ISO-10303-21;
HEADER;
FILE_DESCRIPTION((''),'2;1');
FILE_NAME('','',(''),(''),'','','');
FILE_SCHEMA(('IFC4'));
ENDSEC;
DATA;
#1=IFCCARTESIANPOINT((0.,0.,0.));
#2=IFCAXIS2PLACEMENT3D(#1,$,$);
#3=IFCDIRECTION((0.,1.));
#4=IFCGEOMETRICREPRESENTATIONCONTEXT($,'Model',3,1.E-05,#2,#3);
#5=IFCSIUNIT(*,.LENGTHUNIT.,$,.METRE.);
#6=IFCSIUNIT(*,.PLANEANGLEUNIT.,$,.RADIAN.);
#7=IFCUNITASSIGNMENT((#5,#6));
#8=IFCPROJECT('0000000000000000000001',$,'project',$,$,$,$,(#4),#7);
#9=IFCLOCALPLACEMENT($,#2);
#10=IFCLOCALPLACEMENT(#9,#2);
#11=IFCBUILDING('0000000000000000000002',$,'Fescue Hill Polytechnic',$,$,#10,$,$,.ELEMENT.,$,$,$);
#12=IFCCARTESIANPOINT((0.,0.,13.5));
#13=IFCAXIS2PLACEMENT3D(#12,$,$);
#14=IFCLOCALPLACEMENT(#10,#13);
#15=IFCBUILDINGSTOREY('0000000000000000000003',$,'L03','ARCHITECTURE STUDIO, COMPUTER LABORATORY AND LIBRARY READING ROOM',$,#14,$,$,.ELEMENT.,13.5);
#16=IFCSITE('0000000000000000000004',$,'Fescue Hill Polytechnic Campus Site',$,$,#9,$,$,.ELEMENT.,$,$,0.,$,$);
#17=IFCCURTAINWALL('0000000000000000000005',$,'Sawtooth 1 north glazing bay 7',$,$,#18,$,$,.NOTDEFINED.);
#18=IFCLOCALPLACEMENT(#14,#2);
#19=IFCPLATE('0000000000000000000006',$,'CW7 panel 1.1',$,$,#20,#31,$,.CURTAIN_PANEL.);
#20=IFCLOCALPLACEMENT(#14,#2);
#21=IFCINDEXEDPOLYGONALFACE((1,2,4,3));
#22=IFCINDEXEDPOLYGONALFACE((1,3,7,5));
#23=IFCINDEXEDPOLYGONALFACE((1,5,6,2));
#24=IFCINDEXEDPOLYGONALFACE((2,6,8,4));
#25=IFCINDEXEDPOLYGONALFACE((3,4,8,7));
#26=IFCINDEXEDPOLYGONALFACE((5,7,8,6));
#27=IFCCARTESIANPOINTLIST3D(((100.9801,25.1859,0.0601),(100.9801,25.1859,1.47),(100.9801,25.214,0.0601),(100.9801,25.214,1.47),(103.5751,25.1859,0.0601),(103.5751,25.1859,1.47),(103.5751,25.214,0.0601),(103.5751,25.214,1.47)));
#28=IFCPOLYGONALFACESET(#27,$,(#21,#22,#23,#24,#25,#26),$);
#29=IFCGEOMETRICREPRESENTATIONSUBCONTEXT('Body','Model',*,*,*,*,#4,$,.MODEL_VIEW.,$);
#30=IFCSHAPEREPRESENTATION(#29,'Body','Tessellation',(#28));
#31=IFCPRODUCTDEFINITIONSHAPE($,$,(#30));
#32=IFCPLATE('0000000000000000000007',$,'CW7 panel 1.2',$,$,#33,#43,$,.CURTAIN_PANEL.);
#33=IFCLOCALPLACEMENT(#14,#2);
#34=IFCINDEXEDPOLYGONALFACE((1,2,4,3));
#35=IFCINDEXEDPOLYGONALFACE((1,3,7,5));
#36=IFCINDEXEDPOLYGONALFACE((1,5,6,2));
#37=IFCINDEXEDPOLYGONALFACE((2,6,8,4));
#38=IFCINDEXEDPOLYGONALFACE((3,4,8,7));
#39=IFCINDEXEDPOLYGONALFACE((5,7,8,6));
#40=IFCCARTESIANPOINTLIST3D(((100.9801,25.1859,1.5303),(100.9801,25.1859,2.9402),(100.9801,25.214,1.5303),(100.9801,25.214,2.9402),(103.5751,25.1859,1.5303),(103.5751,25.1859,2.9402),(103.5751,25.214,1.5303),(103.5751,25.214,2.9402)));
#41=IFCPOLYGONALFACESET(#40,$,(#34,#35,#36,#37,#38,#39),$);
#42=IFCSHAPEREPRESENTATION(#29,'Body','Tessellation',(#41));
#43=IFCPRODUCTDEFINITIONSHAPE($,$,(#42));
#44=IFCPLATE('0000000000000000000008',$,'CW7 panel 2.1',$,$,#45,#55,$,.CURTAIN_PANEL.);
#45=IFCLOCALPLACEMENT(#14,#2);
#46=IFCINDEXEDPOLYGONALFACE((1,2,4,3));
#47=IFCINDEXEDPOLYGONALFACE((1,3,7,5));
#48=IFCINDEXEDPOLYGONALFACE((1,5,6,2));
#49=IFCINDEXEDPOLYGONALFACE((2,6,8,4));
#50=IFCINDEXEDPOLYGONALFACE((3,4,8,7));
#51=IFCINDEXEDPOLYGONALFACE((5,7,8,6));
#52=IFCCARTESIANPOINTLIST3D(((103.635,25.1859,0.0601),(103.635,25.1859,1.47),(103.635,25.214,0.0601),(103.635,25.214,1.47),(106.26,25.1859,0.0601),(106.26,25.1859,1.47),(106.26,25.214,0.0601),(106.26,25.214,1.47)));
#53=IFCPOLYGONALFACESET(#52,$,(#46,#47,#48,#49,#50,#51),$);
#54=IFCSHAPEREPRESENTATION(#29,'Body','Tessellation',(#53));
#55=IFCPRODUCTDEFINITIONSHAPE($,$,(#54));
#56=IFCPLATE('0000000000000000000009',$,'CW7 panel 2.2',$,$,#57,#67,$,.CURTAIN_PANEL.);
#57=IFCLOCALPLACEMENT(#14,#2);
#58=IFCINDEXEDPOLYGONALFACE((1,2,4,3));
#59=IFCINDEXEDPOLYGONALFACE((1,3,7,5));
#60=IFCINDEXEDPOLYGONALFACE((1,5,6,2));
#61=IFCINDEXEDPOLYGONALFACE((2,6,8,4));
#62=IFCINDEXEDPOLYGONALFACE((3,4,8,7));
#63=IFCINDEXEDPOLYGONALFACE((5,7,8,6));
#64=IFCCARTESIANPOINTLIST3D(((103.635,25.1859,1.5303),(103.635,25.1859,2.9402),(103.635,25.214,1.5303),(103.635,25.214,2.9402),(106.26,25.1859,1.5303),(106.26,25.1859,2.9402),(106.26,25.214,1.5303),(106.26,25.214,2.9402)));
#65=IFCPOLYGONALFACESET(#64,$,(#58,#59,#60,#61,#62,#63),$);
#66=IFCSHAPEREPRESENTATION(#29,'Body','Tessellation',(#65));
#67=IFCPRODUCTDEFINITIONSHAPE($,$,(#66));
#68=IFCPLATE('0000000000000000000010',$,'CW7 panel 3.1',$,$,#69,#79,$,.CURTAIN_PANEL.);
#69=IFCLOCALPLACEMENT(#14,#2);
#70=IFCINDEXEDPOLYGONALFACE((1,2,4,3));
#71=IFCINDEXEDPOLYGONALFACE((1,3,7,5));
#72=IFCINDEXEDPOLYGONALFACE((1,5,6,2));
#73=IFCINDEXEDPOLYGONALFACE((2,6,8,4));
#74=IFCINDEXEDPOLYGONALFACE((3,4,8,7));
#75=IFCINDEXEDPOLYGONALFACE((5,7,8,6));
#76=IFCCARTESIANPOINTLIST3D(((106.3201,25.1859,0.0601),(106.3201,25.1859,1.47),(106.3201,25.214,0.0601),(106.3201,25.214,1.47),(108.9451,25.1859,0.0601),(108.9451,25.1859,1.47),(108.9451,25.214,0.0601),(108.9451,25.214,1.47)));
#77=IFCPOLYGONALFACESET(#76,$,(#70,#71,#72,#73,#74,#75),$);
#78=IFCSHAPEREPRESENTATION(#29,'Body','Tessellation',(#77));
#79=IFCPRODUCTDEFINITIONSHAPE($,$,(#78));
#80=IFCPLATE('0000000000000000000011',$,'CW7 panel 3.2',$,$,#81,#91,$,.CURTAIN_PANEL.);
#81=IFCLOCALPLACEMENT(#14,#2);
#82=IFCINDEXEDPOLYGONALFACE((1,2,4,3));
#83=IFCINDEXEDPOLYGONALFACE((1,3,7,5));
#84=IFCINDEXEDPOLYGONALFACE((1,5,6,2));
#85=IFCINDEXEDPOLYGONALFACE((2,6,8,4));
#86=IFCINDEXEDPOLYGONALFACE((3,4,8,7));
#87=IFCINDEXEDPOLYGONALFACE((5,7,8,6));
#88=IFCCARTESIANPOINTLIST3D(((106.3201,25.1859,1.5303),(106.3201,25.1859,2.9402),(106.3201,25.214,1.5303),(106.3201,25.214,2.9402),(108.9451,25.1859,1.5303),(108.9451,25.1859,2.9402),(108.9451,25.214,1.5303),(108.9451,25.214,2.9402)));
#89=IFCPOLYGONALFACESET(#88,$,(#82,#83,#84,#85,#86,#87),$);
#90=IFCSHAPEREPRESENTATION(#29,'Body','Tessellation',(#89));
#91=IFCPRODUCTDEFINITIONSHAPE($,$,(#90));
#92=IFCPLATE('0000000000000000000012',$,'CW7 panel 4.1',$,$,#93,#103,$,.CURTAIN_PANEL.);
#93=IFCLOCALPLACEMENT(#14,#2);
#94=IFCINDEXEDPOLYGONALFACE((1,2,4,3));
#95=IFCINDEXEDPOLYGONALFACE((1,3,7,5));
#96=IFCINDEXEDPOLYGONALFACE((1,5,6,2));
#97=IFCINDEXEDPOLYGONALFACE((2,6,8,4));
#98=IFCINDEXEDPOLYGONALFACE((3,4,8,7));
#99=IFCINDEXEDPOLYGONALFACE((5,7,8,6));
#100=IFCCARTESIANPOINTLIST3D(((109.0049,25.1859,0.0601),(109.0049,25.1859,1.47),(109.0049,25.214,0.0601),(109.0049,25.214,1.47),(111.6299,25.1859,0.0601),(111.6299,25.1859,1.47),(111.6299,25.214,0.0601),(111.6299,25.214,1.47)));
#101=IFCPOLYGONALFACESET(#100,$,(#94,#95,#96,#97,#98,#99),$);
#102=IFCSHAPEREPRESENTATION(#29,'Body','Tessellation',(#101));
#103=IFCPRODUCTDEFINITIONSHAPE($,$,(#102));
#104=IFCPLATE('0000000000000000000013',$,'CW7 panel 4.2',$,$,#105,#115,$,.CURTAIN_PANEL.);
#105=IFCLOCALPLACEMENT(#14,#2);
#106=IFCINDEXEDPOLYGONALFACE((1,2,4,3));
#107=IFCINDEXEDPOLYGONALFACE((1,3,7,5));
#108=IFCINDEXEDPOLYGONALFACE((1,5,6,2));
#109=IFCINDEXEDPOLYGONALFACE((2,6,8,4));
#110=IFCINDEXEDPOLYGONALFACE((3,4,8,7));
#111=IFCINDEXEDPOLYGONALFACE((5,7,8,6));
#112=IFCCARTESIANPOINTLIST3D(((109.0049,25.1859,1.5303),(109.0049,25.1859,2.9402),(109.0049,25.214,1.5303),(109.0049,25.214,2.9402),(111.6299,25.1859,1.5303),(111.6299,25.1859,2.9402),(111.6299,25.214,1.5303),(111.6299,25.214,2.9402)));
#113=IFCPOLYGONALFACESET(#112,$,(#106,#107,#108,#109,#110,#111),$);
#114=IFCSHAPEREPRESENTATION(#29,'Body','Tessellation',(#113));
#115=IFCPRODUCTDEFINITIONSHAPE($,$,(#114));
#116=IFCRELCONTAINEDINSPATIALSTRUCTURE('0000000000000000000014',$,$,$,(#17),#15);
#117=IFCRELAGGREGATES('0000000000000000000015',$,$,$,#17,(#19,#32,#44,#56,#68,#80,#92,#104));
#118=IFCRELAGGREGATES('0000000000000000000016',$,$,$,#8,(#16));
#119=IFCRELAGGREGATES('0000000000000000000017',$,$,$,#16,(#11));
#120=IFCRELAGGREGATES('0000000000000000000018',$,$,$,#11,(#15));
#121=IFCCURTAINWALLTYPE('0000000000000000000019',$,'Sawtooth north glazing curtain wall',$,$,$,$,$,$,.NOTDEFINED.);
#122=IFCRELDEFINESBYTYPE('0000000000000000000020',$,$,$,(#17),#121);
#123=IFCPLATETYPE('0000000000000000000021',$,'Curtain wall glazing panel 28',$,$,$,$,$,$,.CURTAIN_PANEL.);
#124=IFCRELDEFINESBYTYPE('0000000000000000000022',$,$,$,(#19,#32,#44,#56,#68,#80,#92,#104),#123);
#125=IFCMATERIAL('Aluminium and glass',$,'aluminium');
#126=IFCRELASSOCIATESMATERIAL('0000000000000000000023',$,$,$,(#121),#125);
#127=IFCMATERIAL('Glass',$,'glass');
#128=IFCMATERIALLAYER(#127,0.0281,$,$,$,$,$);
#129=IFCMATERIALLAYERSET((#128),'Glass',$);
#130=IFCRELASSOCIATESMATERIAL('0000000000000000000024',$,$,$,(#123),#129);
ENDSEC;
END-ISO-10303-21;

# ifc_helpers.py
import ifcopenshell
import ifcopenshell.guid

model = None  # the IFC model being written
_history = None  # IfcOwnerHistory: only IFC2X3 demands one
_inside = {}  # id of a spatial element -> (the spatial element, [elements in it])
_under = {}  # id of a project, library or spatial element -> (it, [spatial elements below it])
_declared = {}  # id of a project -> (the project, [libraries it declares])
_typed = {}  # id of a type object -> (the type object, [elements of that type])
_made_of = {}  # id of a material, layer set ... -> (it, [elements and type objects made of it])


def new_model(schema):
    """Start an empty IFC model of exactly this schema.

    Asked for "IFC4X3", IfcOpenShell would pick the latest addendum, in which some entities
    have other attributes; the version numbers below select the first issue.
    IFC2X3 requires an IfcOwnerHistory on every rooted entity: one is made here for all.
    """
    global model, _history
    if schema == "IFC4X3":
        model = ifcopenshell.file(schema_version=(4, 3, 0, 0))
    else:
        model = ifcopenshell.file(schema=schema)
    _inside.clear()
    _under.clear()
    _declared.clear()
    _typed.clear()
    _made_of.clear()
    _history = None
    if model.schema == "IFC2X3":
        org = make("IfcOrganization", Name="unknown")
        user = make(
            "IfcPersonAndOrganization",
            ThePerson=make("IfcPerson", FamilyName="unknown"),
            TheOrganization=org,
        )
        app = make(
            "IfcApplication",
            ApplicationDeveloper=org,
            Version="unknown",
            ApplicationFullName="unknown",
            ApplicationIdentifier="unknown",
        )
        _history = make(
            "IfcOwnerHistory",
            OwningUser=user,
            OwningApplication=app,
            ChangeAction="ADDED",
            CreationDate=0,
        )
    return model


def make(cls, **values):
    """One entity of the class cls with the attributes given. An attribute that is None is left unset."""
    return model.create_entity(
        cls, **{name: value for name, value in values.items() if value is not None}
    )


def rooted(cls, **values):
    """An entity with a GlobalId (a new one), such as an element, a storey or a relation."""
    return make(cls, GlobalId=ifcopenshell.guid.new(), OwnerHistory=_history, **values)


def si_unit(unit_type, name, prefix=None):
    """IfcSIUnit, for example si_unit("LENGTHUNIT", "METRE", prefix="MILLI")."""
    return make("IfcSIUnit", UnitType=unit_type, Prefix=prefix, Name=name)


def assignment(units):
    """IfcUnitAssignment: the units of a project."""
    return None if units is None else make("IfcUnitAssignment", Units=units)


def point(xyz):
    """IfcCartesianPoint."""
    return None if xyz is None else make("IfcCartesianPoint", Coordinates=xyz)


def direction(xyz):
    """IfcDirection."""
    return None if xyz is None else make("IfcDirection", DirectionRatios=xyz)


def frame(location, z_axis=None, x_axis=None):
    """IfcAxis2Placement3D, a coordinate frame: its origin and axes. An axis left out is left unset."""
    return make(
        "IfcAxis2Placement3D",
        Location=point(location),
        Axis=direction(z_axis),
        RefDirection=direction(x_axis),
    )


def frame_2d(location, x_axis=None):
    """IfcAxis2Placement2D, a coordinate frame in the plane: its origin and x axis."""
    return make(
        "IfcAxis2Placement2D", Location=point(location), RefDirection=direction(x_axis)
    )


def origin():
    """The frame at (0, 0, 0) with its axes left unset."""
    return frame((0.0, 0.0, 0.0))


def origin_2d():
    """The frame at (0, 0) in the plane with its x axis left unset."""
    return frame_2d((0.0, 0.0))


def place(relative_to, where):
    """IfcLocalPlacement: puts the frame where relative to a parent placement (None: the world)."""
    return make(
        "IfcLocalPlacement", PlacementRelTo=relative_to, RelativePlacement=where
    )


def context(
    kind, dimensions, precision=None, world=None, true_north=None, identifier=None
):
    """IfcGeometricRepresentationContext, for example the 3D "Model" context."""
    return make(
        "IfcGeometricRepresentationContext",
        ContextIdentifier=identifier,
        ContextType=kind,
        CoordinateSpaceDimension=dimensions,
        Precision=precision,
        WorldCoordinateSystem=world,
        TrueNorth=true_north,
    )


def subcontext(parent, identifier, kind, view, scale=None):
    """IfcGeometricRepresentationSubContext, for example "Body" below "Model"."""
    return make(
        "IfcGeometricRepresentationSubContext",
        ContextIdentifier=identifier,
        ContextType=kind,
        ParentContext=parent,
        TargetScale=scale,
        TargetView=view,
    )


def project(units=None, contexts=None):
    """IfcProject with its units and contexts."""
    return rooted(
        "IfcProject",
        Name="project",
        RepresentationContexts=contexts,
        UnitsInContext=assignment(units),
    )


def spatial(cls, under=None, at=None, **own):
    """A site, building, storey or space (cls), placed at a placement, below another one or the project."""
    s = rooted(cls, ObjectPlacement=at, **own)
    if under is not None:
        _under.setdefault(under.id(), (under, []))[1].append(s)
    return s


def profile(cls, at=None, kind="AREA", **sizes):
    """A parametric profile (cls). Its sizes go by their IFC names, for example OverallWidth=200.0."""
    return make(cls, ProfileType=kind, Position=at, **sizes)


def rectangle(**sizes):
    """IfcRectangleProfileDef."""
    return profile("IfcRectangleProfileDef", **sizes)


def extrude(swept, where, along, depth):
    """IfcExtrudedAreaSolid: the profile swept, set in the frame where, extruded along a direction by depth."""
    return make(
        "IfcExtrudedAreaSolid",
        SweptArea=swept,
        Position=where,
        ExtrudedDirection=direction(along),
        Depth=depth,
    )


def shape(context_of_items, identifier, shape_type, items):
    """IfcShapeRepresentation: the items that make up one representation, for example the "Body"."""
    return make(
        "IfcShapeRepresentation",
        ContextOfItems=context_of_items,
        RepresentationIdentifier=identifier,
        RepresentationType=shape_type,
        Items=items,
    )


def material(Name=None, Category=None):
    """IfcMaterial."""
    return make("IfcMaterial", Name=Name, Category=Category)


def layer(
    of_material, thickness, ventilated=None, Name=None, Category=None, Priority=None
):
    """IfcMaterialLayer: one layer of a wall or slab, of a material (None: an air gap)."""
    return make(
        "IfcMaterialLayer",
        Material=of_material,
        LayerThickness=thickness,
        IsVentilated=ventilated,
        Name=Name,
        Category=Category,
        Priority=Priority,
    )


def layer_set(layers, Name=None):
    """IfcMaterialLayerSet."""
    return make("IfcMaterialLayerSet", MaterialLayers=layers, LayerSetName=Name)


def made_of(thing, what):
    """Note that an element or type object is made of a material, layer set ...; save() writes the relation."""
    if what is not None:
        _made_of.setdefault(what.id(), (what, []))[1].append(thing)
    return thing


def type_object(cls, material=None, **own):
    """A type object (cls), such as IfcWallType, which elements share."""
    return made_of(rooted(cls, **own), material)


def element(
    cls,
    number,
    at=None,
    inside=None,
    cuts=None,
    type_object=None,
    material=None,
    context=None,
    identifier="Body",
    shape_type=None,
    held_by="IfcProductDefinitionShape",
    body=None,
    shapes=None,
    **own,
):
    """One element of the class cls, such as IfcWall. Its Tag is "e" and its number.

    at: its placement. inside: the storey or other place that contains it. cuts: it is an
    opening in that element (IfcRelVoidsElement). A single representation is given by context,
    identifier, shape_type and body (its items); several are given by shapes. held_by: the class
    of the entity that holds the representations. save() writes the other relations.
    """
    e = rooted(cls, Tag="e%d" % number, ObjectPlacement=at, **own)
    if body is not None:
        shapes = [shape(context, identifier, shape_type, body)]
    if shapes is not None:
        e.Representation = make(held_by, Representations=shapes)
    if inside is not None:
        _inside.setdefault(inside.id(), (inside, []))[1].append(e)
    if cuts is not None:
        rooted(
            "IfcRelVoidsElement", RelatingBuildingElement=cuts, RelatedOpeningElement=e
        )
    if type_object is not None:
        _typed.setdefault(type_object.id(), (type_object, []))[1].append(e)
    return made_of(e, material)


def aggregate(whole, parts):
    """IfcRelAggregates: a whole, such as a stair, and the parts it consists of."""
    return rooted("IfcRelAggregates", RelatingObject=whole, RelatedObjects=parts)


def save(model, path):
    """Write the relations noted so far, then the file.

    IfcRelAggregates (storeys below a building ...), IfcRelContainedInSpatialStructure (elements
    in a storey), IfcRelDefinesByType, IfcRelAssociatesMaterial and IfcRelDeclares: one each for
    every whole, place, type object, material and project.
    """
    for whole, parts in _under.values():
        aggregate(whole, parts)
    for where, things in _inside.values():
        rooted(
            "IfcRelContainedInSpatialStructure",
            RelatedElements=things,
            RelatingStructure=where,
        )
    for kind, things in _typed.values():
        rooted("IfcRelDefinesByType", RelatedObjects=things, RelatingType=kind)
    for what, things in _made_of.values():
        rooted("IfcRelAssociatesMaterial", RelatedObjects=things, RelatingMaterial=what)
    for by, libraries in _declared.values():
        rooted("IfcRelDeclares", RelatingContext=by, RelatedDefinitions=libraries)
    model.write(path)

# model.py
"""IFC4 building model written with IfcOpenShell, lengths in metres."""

from ifc_helpers import new_model, si_unit, direction, frame, origin, origin_2d, place, context, subcontext, project, spatial, rectangle, extrude, material, layer, layer_set, type_object, element, aggregate, save


model = new_model("IFC4")

# Units and contexts
model_context = context("Model", 3, precision=1e-05, world=origin(), true_north=direction((0.0, 1.0)))
body_context = subcontext(model_context, "Body", "Model", "MODEL_VIEW")
ifc_project = project(units=[si_unit("LENGTHUNIT", "METRE"), si_unit("PLANEANGLEUNIT", "RADIAN")], contexts=[model_context])

# Site, building, storey
site_placement = place(None, origin())
site = spatial("IfcSite", under=ifc_project, at=site_placement, Name="Fescue Hill Polytechnic Campus Site", CompositionType="ELEMENT", RefElevation=0.0)
building_placement = place(site_placement, origin())
building = spatial("IfcBuilding", under=site, at=building_placement, Name="Fescue Hill Polytechnic", CompositionType="ELEMENT")
storey_placement = place(building_placement, frame((0.0, 0.0, 13.5)))
storey = spatial("IfcBuildingStorey", under=building, at=storey_placement, Name="L03", Description="ARCHITECTURE STUDIO, COMPUTER LABORATORY AND LIBRARY READING ROOM", CompositionType="ELEMENT", Elevation=13.5)

# Curtain wall, plates
ifc_material_1 = material(Name="Aluminium and glass", Category="aluminium")
curtain_wall_type = type_object("IfcCurtainWallType", Name="Sawtooth north glazing curtain wall", PredefinedType="NOTDEFINED", material=ifc_material_1)
curtain_wall_placement = place(storey_placement, origin())
curtain_wall = element("IfcCurtainWall", 1, at=curtain_wall_placement, inside=storey, type_object=curtain_wall_type, Name="Sawtooth 1 north glazing bay 7", PredefinedType="NOTDEFINED")
ifc_material_2 = material(Name="Glass", Category="glass")
ifc_layer = layer(ifc_material_2, 0.0281)
ifc_layer_set = layer_set([ifc_layer], Name="Glass")
plate_type = type_object("IfcPlateType", Name="Curtain wall glazing panel 28", PredefinedType="CURTAIN_PANEL", material=ifc_layer_set)
plate_1_placement = place(storey_placement, frame((102.2776, 25.2, 0.0601), z_axis=(0.0, 0.0, 1.0), x_axis=(1.0, 0.0, 0.0)))
plate_1 = element("IfcPlate", 2, at=plate_1_placement, type_object=plate_type, Name="CW7 panel 1.1", PredefinedType="CURTAIN_PANEL", context=body_context, shape_type="SweptSolid", body=[
    extrude(rectangle(XDim=2.595, YDim=0.0281, at=origin_2d()), origin(), (0.0, 0.0, 1.0), 1.4099),
])
plate_2_placement = place(storey_placement, frame((102.2776, 25.2, 1.5303), z_axis=(0.0, 0.0, 1.0), x_axis=(1.0, 0.0, 0.0)))
plate_2 = element("IfcPlate", 3, at=plate_2_placement, type_object=plate_type, Name="CW7 panel 1.2", PredefinedType="CURTAIN_PANEL", context=body_context, shape_type="SweptSolid", body=[
    extrude(rectangle(XDim=2.595, YDim=0.0281, at=origin_2d()), origin(), (0.0, 0.0, 1.0), 1.4099),
])
plate_3_placement = place(storey_placement, frame((104.9475, 25.2, 0.0601), z_axis=(0.0, 0.0, 1.0), x_axis=(1.0, 0.0, 0.0)))
plate_3 = element("IfcPlate", 4, at=plate_3_placement, type_object=plate_type, Name="CW7 panel 2.1", PredefinedType="CURTAIN_PANEL", context=body_context, shape_type="SweptSolid", body=[
    extrude(rectangle(XDim=2.625, YDim=0.0281, at=origin_2d()), origin(), (0.0, 0.0, 1.0), 1.4099),
])
plate_4_placement = place(storey_placement, frame((104.9475, 25.2, 1.5303), z_axis=(0.0, 0.0, 1.0), x_axis=(1.0, 0.0, 0.0)))
plate_4 = element("IfcPlate", 5, at=plate_4_placement, type_object=plate_type, Name="CW7 panel 2.2", PredefinedType="CURTAIN_PANEL", context=body_context, shape_type="SweptSolid", body=[
    extrude(rectangle(XDim=2.625, YDim=0.0281, at=origin_2d()), origin(), (0.0, 0.0, 1.0), 1.4099),
])
plate_5_placement = place(storey_placement, frame((107.6326, 25.2, 0.0601), z_axis=(0.0, 0.0, 1.0), x_axis=(1.0, 0.0, 0.0)))
plate_5 = element("IfcPlate", 6, at=plate_5_placement, type_object=plate_type, Name="CW7 panel 3.1", PredefinedType="CURTAIN_PANEL", context=body_context, shape_type="SweptSolid", body=[
    extrude(rectangle(XDim=2.625, YDim=0.0281, at=origin_2d()), origin(), (0.0, 0.0, 1.0), 1.4099),
])
plate_6_placement = place(storey_placement, frame((107.6326, 25.2, 1.5303), z_axis=(0.0, 0.0, 1.0), x_axis=(1.0, 0.0, 0.0)))
plate_6 = element("IfcPlate", 7, at=plate_6_placement, type_object=plate_type, Name="CW7 panel 3.2", PredefinedType="CURTAIN_PANEL", context=body_context, shape_type="SweptSolid", body=[
    extrude(rectangle(XDim=2.625, YDim=0.0281, at=origin_2d()), origin(), (0.0, 0.0, 1.0), 1.4099),
])
plate_7_placement = place(storey_placement, frame((110.3174, 25.2, 0.0601), z_axis=(0.0, 0.0, 1.0), x_axis=(1.0, 0.0, 0.0)))
plate_7 = element("IfcPlate", 8, at=plate_7_placement, type_object=plate_type, Name="CW7 panel 4.1", PredefinedType="CURTAIN_PANEL", context=body_context, shape_type="SweptSolid", body=[
    extrude(rectangle(XDim=2.625, YDim=0.0281, at=origin_2d()), origin(), (0.0, 0.0, 1.0), 1.4099),
])
plate_8_placement = place(storey_placement, frame((110.3174, 25.2, 1.5303), z_axis=(0.0, 0.0, 1.0), x_axis=(1.0, 0.0, 0.0)))
plate_8 = element("IfcPlate", 9, at=plate_8_placement, type_object=plate_type, Name="CW7 panel 4.2", PredefinedType="CURTAIN_PANEL", context=body_context, shape_type="SweptSolid", body=[
    extrude(rectangle(XDim=2.625, YDim=0.0281, at=origin_2d()), origin(), (0.0, 0.0, 1.0), 1.4099),
])
aggregate(curtain_wall, [plate_1, plate_2, plate_3, plate_4, plate_5, plate_6, plate_7, plate_8])

save(model, "model.ifc")
